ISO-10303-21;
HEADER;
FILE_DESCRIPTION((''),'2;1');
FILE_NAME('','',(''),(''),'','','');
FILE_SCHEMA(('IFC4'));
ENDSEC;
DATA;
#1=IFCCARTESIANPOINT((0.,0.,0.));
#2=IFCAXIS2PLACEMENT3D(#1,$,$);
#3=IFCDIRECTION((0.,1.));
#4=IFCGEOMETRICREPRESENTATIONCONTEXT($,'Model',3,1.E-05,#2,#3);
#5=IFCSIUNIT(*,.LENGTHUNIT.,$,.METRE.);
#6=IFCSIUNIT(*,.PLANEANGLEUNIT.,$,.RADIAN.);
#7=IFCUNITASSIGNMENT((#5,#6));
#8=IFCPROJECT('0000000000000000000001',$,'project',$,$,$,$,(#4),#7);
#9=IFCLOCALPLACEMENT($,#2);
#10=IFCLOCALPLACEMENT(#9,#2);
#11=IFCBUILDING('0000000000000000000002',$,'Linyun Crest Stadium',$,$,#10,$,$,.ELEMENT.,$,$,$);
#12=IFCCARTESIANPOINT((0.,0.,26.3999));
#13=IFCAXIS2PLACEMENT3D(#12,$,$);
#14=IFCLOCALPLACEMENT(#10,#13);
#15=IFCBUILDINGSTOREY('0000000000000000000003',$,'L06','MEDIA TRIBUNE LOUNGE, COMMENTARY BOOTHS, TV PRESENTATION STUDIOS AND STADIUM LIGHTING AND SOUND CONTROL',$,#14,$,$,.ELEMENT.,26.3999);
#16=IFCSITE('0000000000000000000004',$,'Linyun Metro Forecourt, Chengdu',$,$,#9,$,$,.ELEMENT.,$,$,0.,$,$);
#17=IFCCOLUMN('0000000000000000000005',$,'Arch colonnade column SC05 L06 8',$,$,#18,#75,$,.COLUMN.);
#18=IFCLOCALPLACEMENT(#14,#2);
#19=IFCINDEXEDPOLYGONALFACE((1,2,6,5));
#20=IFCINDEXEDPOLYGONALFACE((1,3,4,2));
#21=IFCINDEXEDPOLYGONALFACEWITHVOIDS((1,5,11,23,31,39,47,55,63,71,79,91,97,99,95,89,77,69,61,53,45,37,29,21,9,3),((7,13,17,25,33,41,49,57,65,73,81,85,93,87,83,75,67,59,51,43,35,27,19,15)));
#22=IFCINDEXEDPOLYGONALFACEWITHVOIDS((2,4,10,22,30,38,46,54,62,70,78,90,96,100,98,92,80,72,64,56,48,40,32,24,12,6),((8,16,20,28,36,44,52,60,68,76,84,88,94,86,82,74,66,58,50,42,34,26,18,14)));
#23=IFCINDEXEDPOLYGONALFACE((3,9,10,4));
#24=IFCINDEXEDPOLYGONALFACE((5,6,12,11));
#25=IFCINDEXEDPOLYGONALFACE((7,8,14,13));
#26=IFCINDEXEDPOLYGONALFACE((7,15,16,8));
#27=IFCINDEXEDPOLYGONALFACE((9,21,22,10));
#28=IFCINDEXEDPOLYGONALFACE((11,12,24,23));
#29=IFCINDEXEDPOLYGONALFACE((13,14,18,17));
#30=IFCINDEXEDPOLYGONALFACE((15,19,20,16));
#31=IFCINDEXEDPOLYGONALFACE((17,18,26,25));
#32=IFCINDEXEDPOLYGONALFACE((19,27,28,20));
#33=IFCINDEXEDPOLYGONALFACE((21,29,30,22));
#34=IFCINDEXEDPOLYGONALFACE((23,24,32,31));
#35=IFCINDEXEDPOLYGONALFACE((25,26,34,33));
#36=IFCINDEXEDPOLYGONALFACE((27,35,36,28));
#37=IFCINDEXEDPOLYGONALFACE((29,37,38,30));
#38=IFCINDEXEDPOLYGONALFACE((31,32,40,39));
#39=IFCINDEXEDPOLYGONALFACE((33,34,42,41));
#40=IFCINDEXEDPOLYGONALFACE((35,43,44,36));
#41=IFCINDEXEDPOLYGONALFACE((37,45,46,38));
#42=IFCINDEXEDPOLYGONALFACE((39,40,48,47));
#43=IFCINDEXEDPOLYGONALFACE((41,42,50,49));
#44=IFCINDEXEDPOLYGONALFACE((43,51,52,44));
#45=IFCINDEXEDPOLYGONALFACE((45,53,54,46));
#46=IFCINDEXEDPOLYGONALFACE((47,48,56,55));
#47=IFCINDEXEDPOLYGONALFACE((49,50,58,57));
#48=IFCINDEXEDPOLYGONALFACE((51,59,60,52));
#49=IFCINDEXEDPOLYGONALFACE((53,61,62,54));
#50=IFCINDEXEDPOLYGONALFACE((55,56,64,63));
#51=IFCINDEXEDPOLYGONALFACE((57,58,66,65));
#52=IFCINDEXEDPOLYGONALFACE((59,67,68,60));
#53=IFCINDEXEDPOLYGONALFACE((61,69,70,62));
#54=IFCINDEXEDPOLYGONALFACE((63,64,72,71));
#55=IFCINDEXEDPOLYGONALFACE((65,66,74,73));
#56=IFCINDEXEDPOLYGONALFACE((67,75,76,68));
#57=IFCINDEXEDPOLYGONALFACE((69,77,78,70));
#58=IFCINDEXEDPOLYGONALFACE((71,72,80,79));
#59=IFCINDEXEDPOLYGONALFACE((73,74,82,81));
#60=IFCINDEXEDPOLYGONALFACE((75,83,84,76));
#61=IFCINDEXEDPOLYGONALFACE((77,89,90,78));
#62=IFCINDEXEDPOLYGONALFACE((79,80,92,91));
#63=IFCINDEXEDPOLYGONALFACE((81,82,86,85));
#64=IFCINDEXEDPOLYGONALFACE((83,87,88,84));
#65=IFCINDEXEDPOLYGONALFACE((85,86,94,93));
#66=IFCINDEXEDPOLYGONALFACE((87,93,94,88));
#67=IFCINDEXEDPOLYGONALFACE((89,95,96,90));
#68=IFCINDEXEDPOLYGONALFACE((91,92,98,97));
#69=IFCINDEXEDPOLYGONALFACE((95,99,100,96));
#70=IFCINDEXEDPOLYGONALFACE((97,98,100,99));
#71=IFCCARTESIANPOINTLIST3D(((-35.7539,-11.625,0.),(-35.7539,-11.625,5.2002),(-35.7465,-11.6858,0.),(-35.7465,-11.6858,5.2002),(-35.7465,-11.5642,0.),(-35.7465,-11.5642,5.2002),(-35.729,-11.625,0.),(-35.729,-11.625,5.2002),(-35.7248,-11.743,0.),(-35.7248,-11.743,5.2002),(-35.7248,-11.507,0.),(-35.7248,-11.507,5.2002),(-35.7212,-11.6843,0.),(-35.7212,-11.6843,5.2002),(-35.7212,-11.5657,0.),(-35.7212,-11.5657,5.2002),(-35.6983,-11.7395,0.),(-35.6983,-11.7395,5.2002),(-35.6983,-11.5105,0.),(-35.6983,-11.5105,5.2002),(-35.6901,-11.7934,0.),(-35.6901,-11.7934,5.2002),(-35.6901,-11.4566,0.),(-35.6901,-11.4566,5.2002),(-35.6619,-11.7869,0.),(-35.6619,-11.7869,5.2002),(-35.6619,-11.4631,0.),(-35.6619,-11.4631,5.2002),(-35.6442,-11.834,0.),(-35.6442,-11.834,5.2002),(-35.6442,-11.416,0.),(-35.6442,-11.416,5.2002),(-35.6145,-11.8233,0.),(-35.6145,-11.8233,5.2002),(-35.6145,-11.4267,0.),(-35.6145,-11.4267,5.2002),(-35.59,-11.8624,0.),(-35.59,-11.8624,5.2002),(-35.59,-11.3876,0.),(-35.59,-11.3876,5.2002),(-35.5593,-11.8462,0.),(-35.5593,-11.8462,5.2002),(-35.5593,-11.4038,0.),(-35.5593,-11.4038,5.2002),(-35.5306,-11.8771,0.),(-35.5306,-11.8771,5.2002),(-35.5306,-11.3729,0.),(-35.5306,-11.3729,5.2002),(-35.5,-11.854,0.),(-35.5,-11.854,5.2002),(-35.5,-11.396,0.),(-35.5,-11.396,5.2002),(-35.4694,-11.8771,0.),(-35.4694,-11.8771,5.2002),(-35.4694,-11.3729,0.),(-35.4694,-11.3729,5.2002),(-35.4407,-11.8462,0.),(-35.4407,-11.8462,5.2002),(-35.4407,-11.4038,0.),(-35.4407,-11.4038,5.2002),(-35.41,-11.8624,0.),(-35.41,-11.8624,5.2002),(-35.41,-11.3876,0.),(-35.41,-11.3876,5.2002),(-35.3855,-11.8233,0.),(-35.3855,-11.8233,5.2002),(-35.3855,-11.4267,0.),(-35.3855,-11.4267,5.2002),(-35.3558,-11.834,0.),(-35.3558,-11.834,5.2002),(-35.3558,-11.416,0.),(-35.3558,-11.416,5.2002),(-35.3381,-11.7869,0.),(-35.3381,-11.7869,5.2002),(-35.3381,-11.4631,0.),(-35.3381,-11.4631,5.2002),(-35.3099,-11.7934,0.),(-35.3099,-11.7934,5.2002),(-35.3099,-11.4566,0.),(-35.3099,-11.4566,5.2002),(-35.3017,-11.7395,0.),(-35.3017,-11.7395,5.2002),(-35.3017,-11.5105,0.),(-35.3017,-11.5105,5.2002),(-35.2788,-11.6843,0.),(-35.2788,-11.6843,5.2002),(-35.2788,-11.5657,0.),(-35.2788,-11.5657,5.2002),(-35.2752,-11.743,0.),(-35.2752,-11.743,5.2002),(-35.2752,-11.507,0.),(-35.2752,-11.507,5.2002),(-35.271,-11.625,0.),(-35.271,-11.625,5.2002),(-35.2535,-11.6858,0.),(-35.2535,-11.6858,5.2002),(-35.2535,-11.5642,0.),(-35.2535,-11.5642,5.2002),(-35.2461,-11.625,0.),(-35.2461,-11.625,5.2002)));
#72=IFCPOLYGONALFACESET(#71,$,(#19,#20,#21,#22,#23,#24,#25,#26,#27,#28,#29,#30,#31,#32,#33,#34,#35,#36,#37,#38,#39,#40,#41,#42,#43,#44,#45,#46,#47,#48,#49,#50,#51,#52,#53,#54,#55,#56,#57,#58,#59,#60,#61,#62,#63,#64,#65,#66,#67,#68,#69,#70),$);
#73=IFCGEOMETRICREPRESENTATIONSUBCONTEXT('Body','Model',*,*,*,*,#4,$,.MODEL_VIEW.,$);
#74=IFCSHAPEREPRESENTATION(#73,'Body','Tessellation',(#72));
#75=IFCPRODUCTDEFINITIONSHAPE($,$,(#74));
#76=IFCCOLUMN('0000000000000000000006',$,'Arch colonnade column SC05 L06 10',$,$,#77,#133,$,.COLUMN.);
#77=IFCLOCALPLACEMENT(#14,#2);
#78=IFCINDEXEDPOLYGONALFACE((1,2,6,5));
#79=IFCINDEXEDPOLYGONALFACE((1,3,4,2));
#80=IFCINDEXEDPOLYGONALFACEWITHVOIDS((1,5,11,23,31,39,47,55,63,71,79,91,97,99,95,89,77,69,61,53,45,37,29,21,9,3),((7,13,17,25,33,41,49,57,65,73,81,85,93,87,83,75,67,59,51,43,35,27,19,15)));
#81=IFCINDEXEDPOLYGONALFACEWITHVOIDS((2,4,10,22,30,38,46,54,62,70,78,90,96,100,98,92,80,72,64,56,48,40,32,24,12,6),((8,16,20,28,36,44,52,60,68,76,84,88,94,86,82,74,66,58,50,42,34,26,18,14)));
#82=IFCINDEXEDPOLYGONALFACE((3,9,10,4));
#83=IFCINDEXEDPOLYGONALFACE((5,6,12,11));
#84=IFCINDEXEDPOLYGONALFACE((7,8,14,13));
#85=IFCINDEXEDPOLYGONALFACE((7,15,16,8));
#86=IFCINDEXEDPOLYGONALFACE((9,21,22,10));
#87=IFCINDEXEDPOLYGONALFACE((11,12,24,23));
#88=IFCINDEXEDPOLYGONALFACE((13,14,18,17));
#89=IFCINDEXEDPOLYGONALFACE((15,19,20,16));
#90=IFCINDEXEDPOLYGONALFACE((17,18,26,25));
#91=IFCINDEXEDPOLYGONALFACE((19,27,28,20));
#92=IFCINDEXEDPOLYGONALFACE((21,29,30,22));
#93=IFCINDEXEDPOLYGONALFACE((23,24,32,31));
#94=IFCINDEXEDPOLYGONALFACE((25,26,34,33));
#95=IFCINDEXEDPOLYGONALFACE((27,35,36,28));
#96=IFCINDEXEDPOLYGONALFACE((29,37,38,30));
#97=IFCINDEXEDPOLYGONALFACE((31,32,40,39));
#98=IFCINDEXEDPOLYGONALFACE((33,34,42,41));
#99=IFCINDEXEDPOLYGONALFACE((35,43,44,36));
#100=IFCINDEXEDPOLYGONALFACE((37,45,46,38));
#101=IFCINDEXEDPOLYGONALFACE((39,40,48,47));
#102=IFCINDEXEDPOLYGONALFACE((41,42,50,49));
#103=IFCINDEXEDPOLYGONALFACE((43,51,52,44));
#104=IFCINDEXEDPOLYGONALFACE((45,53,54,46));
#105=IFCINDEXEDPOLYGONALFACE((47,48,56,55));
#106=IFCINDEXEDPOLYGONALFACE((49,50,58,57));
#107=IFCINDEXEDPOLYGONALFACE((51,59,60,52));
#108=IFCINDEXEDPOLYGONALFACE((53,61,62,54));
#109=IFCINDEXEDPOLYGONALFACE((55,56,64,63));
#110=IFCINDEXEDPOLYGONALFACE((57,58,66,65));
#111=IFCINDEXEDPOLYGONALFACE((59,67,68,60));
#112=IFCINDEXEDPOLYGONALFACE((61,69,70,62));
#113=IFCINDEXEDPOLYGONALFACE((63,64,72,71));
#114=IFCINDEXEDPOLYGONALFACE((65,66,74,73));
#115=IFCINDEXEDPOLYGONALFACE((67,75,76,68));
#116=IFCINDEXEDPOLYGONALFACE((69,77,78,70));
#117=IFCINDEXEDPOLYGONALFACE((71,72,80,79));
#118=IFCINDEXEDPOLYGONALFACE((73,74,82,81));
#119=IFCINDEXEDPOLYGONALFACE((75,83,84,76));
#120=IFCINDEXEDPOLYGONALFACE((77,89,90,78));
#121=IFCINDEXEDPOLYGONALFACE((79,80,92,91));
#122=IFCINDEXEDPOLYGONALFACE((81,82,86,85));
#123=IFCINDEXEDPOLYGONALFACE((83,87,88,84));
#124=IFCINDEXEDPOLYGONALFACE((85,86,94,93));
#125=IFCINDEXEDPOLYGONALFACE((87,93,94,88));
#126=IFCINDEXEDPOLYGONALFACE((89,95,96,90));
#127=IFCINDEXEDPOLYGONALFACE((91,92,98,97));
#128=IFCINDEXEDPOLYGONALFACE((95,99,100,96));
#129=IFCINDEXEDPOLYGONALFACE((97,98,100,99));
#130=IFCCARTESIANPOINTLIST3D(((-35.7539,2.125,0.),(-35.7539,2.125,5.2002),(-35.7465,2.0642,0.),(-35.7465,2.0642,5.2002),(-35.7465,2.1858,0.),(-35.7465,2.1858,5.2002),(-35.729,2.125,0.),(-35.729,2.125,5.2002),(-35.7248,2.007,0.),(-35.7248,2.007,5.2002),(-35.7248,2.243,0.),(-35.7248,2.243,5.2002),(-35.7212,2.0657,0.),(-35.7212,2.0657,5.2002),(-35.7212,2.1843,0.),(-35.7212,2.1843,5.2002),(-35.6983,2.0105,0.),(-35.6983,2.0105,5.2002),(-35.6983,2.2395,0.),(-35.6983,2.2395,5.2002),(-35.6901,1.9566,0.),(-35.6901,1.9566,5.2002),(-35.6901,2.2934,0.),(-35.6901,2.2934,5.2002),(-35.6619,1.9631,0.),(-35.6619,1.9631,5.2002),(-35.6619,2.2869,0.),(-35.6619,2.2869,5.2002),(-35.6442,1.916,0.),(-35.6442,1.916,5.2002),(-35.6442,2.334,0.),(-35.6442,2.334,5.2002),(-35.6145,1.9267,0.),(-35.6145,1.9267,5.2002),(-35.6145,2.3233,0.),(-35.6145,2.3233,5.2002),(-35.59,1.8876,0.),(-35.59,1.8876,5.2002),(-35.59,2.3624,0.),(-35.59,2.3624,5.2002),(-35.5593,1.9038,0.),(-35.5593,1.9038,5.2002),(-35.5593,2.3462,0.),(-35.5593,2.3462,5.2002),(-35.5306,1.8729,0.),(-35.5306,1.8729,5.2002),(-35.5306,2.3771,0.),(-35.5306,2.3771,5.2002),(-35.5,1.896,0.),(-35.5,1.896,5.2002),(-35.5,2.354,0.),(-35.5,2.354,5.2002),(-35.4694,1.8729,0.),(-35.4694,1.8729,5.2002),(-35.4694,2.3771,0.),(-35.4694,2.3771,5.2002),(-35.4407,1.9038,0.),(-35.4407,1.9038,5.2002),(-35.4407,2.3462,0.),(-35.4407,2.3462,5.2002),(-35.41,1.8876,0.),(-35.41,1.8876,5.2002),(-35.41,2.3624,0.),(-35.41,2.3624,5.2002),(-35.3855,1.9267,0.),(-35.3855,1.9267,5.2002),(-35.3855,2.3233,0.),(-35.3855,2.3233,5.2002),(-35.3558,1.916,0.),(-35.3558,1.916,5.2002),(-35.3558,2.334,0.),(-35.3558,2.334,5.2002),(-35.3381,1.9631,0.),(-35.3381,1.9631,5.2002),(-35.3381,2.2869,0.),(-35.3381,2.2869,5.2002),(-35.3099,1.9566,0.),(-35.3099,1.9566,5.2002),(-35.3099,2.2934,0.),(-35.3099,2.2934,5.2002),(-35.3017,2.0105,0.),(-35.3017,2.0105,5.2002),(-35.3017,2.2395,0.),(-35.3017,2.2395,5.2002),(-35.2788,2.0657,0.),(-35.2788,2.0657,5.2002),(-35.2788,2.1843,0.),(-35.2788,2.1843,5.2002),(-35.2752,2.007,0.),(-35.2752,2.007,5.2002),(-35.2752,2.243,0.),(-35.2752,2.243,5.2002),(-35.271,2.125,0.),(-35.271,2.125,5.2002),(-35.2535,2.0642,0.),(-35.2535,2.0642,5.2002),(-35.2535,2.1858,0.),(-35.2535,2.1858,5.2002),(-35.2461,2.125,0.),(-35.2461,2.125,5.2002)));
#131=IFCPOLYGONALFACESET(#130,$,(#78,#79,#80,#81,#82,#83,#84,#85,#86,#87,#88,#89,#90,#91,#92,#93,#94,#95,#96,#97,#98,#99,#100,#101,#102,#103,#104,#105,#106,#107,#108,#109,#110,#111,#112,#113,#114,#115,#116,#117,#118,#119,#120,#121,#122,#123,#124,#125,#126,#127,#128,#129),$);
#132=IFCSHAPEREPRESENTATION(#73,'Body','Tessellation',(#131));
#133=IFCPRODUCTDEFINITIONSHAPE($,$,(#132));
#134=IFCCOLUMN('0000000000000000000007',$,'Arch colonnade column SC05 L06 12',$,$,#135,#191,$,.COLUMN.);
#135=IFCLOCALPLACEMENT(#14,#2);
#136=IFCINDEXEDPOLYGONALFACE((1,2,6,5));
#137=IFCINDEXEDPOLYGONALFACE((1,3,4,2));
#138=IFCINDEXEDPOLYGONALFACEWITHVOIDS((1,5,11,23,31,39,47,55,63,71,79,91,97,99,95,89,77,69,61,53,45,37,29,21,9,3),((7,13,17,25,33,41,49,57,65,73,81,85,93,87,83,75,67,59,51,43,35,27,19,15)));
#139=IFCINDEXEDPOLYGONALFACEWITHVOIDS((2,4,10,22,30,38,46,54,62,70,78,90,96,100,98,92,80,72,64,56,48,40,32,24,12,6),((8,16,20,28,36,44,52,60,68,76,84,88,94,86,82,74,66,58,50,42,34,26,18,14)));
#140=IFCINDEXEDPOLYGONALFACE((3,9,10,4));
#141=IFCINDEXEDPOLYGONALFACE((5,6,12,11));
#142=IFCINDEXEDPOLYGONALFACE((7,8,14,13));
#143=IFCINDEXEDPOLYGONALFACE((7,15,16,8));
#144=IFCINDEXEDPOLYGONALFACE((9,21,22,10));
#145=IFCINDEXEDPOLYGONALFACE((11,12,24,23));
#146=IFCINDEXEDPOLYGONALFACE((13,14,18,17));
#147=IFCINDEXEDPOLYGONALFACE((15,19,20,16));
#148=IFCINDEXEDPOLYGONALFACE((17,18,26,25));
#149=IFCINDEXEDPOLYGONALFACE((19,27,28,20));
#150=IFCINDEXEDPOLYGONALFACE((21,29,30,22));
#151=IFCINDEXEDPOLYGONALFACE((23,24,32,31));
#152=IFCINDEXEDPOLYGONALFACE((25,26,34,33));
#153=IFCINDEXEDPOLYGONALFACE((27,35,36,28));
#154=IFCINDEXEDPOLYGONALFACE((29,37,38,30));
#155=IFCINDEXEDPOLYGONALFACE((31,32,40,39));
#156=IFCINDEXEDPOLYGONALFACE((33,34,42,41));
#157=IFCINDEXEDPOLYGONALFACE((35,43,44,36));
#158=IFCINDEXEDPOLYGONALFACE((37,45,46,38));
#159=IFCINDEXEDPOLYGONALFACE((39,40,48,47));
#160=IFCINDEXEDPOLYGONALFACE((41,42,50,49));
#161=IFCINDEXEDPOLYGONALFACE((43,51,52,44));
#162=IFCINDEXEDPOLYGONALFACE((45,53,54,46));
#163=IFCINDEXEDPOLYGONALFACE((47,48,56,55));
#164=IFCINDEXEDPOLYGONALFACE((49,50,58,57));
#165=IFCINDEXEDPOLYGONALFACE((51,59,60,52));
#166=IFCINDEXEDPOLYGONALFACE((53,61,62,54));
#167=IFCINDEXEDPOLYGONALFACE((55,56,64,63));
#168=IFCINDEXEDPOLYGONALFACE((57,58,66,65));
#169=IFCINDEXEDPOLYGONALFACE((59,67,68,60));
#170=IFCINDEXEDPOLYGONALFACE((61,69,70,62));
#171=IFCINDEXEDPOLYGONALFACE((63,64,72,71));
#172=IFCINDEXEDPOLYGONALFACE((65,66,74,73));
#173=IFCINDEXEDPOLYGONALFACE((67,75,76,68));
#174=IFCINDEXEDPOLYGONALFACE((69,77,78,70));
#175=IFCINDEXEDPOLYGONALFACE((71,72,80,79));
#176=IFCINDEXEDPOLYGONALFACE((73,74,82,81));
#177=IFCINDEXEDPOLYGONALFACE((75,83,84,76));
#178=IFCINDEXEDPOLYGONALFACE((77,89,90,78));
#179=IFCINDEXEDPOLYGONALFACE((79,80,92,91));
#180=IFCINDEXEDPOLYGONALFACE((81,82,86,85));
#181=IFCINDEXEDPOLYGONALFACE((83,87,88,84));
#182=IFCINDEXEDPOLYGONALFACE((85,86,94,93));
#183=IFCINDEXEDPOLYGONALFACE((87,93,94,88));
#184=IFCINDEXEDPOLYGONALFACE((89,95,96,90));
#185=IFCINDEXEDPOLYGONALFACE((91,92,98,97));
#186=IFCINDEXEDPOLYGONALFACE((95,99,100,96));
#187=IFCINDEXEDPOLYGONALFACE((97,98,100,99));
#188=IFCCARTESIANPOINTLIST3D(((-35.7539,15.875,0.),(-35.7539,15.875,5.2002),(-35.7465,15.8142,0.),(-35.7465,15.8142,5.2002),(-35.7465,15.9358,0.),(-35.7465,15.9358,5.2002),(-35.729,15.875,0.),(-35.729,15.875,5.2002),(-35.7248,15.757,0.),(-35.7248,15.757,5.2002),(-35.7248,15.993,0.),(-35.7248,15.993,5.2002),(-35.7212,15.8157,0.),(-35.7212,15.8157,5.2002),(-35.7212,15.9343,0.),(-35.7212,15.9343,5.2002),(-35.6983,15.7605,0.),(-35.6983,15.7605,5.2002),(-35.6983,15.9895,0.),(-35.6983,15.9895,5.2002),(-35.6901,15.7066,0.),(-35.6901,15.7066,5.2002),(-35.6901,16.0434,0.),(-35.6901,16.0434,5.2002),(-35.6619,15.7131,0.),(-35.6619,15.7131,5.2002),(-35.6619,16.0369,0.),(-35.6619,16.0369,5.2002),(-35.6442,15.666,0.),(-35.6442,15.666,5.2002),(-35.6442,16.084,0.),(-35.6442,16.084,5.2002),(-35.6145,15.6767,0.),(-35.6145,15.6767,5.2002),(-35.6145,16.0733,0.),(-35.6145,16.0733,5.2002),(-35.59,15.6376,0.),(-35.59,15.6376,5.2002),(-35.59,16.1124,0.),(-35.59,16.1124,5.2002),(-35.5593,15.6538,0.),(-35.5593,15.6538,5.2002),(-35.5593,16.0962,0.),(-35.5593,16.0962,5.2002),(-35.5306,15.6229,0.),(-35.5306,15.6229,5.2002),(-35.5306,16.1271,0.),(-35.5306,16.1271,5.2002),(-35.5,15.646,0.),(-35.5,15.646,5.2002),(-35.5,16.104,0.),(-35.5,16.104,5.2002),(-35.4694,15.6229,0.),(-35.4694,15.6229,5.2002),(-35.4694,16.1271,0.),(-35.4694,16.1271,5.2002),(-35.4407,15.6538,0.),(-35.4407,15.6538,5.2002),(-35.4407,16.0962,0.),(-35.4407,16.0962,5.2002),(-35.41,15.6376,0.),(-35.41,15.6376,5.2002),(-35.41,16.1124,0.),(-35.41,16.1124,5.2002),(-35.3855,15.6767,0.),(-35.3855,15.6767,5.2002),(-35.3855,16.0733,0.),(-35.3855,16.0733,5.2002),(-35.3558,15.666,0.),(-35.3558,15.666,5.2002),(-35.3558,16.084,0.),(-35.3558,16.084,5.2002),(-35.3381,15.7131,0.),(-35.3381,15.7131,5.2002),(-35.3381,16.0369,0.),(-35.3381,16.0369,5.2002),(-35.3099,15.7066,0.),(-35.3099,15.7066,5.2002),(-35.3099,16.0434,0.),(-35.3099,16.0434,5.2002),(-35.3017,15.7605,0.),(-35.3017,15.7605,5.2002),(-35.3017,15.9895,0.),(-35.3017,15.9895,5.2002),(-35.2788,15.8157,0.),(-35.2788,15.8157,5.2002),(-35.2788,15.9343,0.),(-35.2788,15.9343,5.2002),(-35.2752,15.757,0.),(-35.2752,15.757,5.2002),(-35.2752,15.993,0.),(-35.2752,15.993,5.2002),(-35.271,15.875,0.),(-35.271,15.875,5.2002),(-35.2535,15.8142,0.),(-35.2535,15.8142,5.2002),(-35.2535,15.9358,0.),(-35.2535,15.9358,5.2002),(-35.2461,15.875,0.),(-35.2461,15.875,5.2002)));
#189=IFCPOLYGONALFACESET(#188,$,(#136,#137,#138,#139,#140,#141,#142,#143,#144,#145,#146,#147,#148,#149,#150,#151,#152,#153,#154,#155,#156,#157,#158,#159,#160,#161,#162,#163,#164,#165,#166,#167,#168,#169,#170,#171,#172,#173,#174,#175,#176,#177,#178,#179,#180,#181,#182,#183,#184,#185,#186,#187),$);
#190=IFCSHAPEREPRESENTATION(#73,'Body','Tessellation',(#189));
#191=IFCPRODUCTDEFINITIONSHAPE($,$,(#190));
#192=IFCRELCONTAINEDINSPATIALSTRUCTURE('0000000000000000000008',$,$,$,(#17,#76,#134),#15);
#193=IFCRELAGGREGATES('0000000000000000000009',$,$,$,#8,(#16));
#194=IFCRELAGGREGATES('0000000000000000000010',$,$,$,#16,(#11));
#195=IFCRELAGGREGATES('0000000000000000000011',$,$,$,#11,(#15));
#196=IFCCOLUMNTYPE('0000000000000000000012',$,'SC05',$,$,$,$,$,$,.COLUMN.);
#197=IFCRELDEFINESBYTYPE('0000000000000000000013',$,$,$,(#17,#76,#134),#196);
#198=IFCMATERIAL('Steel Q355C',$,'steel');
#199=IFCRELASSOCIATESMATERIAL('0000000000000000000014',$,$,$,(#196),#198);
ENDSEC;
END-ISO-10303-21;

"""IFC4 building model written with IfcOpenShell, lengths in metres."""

from ifc_helpers import new_model, si_unit, direction, frame, origin, origin_2d, place, context, subcontext, project, spatial, hollow_circle, extrude, material, material_profile, profile_set, type_object, element, save


model = new_model("IFC4")

# Units and contexts
model_context = context("Model", 3, precision=1e-05, world=origin(), true_north=direction((0.0, 1.0)))
body_context = subcontext(model_context, "Body", "Model", "MODEL_VIEW")
ifc_project = project(units=[si_unit("LENGTHUNIT", "METRE"), si_unit("PLANEANGLEUNIT", "RADIAN")], contexts=[model_context])

# Site, building, storey
site_placement = place(None, origin())
site = spatial("IfcSite", under=ifc_project, at=site_placement, Name="Linyun Metro Forecourt, Chengdu", CompositionType="ELEMENT", RefElevation=0.0)
building_placement = place(site_placement, origin())
building = spatial("IfcBuilding", under=site, at=building_placement, Name="Linyun Crest Stadium", CompositionType="ELEMENT")
storey_placement = place(building_placement, frame((0.0, 0.0, 26.3999)))
storey = spatial("IfcBuildingStorey", under=building, at=storey_placement, Name="L06", Description="MEDIA TRIBUNE LOUNGE, COMMENTARY BOOTHS, TV PRESENTATION STUDIOS AND STADIUM LIGHTING AND SOUND CONTROL", CompositionType="ELEMENT", Elevation=26.3999)

# Columns
ifc_material_1 = material(Name="Steel Q355C", Category="steel")
ifc_material_profile = material_profile(ifc_material_1, hollow_circle(Radius=0.2539, WallThickness=0.0249, at=origin_2d()), Name="CHS 508x25")
ifc_profile_set = profile_set([ifc_material_profile], Name="Steel Q355C")
column_type = type_object("IfcColumnType", Name="SC05", PredefinedType="COLUMN", material=ifc_profile_set)
for number, where, z_axis, x_axis, name in (
    (1, (-35.5, -11.625, 0.0), (0.0, 0.0, 1.0), (1.0, 0.0, 0.0), "Arch colonnade column SC05 L06 8"),
    (2, (-35.5, 2.125, 0.0), (0.0, 0.0, 1.0), (1.0, 0.0, 0.0), "Arch colonnade column SC05 L06 10"),
    (3, (-35.5, 15.875, 0.0), (0.0, 0.0, 1.0), (1.0, 0.0, 0.0), "Arch colonnade column SC05 L06 12"),
):
    element("IfcColumn", number, at=place(storey_placement, frame(where, z_axis=z_axis, x_axis=x_axis)), inside=storey, type_object=column_type, Name=name, PredefinedType="COLUMN", context=body_context, shape_type="SweptSolid", body=[
        extrude(hollow_circle(Radius=0.2539, WallThickness=0.0249, at=origin_2d()), origin(), (0.0, 0.0, 1.0), 5.2002),
    ])

save(model, "model.ifc")
